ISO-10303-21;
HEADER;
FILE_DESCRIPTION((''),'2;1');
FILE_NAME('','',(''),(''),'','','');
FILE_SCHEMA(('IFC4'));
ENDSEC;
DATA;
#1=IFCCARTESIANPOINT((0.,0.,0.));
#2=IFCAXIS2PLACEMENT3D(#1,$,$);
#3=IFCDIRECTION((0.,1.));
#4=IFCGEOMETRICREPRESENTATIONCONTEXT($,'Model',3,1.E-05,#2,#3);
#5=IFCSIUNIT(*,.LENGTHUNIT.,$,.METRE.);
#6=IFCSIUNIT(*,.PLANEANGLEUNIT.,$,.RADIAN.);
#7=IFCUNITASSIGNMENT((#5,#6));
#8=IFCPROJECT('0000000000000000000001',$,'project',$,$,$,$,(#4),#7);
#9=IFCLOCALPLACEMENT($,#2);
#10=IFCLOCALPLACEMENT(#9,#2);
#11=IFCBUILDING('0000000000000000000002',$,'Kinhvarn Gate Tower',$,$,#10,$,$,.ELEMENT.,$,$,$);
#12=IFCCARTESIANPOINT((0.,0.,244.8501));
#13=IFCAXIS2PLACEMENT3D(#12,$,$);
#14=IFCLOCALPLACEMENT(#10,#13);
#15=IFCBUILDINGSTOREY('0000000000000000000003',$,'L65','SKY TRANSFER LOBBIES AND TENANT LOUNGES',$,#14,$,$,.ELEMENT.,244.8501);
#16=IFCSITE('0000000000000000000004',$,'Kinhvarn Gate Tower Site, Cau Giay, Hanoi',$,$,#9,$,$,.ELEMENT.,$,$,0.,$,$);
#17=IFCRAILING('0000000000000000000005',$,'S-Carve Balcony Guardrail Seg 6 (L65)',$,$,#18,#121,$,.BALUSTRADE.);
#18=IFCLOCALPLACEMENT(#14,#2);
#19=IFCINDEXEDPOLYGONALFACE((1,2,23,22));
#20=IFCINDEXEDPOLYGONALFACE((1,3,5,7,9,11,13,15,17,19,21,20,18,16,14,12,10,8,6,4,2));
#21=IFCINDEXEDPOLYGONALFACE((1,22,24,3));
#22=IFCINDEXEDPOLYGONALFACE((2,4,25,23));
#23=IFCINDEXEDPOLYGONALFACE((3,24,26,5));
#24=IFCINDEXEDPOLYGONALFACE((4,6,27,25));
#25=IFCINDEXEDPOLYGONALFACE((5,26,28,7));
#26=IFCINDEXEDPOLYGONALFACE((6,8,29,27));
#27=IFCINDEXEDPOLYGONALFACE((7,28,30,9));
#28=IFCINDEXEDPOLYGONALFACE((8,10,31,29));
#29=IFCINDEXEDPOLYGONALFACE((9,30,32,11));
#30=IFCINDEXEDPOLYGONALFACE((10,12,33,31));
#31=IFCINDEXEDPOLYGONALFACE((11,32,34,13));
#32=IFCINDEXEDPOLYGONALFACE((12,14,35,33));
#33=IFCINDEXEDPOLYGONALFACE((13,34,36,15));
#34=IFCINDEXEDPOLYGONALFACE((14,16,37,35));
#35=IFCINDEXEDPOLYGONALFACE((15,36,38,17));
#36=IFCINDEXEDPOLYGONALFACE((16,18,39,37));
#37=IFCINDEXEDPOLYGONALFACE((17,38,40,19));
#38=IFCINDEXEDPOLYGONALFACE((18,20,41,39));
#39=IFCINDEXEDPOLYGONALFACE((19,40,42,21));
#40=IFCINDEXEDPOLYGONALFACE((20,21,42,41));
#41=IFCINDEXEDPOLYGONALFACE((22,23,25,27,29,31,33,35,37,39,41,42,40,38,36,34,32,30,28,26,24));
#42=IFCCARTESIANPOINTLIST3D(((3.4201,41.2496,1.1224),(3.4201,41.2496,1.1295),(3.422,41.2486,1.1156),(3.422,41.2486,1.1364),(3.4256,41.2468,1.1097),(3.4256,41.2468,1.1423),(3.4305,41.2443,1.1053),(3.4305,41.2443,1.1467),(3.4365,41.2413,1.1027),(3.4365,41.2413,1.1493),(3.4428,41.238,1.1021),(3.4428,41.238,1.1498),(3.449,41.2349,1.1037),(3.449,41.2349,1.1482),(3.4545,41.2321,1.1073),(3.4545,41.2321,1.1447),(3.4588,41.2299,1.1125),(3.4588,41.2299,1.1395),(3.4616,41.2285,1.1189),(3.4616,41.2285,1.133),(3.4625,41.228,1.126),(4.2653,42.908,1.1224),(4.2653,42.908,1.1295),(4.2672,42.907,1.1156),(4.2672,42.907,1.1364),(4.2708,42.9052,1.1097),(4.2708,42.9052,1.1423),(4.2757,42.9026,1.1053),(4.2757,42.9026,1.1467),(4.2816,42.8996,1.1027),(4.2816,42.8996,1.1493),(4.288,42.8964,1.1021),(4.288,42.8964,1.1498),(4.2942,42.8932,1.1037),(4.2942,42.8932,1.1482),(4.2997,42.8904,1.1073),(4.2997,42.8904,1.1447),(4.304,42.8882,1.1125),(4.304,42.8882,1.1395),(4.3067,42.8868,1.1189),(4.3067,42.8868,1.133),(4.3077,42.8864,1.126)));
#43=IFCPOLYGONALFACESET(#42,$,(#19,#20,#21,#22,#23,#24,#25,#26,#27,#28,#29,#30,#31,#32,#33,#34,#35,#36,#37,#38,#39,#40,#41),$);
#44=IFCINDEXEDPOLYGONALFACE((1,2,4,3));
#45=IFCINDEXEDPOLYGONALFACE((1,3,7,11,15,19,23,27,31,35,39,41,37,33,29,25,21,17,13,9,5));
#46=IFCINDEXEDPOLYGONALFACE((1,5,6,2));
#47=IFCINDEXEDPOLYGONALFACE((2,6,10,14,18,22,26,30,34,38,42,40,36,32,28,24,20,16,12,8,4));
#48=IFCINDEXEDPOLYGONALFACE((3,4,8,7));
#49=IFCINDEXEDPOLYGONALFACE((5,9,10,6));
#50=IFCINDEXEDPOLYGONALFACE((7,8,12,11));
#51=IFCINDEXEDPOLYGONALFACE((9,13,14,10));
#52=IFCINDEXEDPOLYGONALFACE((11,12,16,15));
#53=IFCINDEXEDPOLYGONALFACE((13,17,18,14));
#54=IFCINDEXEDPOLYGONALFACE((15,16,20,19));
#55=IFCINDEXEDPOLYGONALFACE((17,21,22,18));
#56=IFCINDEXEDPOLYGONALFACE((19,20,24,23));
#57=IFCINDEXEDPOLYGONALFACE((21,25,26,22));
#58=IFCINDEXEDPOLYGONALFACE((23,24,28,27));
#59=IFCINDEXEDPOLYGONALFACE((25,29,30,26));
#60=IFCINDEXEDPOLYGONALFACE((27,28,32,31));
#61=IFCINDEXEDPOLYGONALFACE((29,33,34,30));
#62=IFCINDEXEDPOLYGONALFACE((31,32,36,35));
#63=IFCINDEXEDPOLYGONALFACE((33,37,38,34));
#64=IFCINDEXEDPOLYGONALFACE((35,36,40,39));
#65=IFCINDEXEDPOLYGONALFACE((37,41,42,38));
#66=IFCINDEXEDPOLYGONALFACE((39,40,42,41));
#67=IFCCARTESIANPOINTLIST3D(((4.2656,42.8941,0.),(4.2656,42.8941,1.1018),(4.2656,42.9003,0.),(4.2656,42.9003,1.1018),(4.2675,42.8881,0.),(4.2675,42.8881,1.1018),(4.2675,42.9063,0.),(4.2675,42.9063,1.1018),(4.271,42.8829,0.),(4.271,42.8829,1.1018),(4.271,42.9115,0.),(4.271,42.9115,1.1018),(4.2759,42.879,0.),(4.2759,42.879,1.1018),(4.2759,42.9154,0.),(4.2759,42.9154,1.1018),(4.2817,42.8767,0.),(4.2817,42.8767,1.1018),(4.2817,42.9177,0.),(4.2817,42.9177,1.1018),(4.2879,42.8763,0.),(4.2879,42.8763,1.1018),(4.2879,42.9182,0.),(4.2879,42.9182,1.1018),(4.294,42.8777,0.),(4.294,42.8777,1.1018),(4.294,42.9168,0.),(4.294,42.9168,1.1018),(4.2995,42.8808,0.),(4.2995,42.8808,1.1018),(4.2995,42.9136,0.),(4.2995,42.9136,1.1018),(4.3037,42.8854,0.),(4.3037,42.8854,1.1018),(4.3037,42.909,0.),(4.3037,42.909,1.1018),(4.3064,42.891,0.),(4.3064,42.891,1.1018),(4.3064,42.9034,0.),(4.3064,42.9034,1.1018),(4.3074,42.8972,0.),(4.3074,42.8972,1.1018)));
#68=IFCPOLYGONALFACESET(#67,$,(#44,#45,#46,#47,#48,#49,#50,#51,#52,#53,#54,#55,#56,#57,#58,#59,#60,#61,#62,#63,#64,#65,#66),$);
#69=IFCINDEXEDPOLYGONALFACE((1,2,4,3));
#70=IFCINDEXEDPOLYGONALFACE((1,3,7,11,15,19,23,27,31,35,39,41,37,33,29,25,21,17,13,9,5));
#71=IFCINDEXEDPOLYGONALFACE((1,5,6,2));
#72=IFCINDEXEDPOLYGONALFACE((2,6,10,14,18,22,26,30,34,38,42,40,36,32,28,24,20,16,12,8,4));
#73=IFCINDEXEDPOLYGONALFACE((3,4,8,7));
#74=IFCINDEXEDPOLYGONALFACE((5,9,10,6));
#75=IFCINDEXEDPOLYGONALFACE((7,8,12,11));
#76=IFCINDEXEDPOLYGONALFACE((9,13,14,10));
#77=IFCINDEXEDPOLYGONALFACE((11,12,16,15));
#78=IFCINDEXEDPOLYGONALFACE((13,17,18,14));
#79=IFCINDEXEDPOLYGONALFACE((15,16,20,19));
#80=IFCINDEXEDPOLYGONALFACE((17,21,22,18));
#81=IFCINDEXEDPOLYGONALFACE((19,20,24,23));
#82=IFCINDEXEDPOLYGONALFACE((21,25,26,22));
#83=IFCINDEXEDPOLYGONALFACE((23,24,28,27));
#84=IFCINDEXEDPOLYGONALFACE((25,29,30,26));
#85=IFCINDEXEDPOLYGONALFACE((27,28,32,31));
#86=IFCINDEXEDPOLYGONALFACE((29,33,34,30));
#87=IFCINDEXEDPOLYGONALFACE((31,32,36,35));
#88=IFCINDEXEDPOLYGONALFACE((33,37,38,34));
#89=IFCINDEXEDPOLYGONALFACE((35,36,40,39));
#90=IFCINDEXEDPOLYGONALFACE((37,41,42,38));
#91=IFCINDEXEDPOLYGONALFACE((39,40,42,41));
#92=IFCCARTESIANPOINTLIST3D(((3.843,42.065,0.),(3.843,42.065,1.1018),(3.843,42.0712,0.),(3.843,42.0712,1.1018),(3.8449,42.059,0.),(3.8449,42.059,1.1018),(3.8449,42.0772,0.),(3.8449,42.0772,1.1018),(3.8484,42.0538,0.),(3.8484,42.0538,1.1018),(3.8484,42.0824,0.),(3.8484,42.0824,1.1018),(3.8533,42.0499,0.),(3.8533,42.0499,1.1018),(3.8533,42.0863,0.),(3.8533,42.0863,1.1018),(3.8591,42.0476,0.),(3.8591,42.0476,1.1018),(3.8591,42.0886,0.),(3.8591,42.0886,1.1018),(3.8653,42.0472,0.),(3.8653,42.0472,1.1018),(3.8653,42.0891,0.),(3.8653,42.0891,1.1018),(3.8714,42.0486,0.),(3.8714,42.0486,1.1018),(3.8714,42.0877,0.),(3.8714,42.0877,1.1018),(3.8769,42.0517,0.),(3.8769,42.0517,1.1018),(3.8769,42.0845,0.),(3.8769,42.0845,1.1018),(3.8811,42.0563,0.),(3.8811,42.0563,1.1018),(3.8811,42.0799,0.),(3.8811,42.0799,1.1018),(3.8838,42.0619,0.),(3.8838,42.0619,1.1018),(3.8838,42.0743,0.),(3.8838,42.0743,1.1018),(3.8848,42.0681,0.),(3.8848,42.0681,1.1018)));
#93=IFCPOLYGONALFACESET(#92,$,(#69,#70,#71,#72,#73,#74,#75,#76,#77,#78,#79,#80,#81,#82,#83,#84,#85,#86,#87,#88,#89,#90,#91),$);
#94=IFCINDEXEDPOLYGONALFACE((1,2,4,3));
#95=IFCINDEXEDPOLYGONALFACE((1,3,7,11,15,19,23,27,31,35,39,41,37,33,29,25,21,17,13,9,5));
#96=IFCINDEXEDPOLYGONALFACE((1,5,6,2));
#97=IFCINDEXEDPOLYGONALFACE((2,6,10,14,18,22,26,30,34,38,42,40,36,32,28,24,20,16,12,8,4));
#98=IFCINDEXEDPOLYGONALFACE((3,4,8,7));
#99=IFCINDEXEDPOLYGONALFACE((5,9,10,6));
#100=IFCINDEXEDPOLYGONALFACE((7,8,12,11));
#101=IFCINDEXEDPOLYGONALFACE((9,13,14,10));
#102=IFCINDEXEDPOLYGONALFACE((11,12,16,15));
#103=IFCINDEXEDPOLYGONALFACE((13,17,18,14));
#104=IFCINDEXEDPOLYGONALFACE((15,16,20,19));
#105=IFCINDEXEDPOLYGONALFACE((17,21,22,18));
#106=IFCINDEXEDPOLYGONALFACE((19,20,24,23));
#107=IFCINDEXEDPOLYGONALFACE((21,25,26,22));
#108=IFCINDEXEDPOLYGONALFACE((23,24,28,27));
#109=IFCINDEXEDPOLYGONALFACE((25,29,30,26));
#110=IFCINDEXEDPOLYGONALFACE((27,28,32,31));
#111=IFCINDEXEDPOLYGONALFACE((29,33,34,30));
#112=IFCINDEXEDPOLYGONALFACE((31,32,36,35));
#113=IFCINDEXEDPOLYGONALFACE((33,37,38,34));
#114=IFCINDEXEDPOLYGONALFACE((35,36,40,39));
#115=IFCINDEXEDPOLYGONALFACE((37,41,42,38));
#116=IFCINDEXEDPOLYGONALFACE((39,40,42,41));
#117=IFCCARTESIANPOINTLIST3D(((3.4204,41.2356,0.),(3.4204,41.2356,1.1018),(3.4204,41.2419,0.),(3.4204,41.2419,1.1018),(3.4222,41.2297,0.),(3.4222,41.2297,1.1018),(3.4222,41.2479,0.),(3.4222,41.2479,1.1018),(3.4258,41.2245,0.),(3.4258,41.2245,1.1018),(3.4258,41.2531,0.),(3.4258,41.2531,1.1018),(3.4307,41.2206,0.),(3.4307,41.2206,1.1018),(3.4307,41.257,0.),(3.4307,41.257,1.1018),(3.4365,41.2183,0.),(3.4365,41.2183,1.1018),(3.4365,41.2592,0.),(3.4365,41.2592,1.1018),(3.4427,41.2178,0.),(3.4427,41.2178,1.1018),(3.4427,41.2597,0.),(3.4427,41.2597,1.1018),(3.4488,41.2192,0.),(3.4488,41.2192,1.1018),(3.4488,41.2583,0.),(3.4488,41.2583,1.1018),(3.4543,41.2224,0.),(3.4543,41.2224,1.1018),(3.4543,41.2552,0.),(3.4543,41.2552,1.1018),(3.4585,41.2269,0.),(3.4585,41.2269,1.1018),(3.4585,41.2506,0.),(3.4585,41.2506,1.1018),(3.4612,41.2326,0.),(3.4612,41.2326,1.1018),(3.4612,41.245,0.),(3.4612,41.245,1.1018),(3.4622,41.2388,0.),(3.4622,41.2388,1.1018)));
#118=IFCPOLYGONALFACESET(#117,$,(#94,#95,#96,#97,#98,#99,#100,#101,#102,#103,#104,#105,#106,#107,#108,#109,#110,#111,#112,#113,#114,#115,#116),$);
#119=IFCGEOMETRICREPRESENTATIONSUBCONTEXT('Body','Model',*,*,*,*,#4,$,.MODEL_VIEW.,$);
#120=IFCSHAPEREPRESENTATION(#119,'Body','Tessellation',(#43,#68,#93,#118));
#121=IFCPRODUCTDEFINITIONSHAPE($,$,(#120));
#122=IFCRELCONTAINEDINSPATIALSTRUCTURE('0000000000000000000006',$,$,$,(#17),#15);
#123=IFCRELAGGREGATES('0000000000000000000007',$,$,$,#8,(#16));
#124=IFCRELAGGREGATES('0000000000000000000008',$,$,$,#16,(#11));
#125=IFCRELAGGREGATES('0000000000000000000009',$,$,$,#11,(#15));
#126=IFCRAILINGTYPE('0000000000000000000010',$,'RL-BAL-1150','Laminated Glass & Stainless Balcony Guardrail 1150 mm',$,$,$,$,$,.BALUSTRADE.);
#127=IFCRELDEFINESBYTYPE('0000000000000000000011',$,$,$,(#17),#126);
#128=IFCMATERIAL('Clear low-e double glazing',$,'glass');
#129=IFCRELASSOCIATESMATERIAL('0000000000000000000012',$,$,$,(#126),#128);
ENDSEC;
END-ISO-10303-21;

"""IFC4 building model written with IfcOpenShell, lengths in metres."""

from ifc_helpers import new_model, si_unit, direction, frame, origin, origin_2d, place, context, subcontext, project, spatial, circle, extrude, material, type_object, element, save


model = new_model("IFC4")

# Units and contexts
model_context = context("Model", 3, precision=1e-05, world=origin(), true_north=direction((0.0, 1.0)))
body_context = subcontext(model_context, "Body", "Model", "MODEL_VIEW")
ifc_project = project(units=[si_unit("LENGTHUNIT", "METRE"), si_unit("PLANEANGLEUNIT", "RADIAN")], contexts=[model_context])

# Site, building, storey
site_placement = place(None, origin())
site = spatial("IfcSite", under=ifc_project, at=site_placement, Name="Kinhvarn Gate Tower Site, Cau Giay, Hanoi", CompositionType="ELEMENT", RefElevation=0.0)
building_placement = place(site_placement, origin())
building = spatial("IfcBuilding", under=site, at=building_placement, Name="Kinhvarn Gate Tower", CompositionType="ELEMENT")
storey_placement = place(building_placement, frame((0.0, 0.0, 244.8501)))
storey = spatial("IfcBuildingStorey", under=building, at=storey_placement, Name="L65", Description="SKY TRANSFER LOBBIES AND TENANT LOUNGES", CompositionType="ELEMENT", Elevation=244.8501)

# Shared definitions
ifc_material_1 = material(Name="Clear low-e double glazing", Category="glass")

# Railing
railing_type_1 = type_object("IfcRailingType", Name="RL-BAL-1150", Description="Laminated Glass & Stainless Balcony Guardrail 1150 mm", PredefinedType="BALUSTRADE", material=ifc_material_1)
railing_1_placement = place(storey_placement, frame((4.2864, 42.8972, 0.0)))
element("IfcRailing", 1, at=railing_1_placement, inside=storey, type_object=railing_type_1, Name="S-Carve Balcony Guardrail Seg 6 (L65)", PredefinedType="BALUSTRADE", context=body_context, shape_type="SweptSolid", body=[
    extrude(circle(Radius=0.0239, at=origin_2d()), frame((0.0, 0.0, 1.126), z_axis=(-0.454073, -0.890964, 0.0), x_axis=(0.890964, -0.454073, 0.0)), (0.0, 0.0, 1.0), 1.8613),
    extrude(circle(Radius=0.021, at=origin_2d()), origin(), (0.0, 0.0, 1.0), 1.1018),
    extrude(circle(Radius=0.021, at=origin_2d()), frame((-0.4226, -0.8291, 0.0)), (0.0, 0.0, 1.0), 1.1018),
    extrude(circle(Radius=0.021, at=origin_2d()), frame((-0.8452, -1.6584, 0.0)), (0.0, 0.0, 1.0), 1.1018),
])

save(model, "model.ifc")
